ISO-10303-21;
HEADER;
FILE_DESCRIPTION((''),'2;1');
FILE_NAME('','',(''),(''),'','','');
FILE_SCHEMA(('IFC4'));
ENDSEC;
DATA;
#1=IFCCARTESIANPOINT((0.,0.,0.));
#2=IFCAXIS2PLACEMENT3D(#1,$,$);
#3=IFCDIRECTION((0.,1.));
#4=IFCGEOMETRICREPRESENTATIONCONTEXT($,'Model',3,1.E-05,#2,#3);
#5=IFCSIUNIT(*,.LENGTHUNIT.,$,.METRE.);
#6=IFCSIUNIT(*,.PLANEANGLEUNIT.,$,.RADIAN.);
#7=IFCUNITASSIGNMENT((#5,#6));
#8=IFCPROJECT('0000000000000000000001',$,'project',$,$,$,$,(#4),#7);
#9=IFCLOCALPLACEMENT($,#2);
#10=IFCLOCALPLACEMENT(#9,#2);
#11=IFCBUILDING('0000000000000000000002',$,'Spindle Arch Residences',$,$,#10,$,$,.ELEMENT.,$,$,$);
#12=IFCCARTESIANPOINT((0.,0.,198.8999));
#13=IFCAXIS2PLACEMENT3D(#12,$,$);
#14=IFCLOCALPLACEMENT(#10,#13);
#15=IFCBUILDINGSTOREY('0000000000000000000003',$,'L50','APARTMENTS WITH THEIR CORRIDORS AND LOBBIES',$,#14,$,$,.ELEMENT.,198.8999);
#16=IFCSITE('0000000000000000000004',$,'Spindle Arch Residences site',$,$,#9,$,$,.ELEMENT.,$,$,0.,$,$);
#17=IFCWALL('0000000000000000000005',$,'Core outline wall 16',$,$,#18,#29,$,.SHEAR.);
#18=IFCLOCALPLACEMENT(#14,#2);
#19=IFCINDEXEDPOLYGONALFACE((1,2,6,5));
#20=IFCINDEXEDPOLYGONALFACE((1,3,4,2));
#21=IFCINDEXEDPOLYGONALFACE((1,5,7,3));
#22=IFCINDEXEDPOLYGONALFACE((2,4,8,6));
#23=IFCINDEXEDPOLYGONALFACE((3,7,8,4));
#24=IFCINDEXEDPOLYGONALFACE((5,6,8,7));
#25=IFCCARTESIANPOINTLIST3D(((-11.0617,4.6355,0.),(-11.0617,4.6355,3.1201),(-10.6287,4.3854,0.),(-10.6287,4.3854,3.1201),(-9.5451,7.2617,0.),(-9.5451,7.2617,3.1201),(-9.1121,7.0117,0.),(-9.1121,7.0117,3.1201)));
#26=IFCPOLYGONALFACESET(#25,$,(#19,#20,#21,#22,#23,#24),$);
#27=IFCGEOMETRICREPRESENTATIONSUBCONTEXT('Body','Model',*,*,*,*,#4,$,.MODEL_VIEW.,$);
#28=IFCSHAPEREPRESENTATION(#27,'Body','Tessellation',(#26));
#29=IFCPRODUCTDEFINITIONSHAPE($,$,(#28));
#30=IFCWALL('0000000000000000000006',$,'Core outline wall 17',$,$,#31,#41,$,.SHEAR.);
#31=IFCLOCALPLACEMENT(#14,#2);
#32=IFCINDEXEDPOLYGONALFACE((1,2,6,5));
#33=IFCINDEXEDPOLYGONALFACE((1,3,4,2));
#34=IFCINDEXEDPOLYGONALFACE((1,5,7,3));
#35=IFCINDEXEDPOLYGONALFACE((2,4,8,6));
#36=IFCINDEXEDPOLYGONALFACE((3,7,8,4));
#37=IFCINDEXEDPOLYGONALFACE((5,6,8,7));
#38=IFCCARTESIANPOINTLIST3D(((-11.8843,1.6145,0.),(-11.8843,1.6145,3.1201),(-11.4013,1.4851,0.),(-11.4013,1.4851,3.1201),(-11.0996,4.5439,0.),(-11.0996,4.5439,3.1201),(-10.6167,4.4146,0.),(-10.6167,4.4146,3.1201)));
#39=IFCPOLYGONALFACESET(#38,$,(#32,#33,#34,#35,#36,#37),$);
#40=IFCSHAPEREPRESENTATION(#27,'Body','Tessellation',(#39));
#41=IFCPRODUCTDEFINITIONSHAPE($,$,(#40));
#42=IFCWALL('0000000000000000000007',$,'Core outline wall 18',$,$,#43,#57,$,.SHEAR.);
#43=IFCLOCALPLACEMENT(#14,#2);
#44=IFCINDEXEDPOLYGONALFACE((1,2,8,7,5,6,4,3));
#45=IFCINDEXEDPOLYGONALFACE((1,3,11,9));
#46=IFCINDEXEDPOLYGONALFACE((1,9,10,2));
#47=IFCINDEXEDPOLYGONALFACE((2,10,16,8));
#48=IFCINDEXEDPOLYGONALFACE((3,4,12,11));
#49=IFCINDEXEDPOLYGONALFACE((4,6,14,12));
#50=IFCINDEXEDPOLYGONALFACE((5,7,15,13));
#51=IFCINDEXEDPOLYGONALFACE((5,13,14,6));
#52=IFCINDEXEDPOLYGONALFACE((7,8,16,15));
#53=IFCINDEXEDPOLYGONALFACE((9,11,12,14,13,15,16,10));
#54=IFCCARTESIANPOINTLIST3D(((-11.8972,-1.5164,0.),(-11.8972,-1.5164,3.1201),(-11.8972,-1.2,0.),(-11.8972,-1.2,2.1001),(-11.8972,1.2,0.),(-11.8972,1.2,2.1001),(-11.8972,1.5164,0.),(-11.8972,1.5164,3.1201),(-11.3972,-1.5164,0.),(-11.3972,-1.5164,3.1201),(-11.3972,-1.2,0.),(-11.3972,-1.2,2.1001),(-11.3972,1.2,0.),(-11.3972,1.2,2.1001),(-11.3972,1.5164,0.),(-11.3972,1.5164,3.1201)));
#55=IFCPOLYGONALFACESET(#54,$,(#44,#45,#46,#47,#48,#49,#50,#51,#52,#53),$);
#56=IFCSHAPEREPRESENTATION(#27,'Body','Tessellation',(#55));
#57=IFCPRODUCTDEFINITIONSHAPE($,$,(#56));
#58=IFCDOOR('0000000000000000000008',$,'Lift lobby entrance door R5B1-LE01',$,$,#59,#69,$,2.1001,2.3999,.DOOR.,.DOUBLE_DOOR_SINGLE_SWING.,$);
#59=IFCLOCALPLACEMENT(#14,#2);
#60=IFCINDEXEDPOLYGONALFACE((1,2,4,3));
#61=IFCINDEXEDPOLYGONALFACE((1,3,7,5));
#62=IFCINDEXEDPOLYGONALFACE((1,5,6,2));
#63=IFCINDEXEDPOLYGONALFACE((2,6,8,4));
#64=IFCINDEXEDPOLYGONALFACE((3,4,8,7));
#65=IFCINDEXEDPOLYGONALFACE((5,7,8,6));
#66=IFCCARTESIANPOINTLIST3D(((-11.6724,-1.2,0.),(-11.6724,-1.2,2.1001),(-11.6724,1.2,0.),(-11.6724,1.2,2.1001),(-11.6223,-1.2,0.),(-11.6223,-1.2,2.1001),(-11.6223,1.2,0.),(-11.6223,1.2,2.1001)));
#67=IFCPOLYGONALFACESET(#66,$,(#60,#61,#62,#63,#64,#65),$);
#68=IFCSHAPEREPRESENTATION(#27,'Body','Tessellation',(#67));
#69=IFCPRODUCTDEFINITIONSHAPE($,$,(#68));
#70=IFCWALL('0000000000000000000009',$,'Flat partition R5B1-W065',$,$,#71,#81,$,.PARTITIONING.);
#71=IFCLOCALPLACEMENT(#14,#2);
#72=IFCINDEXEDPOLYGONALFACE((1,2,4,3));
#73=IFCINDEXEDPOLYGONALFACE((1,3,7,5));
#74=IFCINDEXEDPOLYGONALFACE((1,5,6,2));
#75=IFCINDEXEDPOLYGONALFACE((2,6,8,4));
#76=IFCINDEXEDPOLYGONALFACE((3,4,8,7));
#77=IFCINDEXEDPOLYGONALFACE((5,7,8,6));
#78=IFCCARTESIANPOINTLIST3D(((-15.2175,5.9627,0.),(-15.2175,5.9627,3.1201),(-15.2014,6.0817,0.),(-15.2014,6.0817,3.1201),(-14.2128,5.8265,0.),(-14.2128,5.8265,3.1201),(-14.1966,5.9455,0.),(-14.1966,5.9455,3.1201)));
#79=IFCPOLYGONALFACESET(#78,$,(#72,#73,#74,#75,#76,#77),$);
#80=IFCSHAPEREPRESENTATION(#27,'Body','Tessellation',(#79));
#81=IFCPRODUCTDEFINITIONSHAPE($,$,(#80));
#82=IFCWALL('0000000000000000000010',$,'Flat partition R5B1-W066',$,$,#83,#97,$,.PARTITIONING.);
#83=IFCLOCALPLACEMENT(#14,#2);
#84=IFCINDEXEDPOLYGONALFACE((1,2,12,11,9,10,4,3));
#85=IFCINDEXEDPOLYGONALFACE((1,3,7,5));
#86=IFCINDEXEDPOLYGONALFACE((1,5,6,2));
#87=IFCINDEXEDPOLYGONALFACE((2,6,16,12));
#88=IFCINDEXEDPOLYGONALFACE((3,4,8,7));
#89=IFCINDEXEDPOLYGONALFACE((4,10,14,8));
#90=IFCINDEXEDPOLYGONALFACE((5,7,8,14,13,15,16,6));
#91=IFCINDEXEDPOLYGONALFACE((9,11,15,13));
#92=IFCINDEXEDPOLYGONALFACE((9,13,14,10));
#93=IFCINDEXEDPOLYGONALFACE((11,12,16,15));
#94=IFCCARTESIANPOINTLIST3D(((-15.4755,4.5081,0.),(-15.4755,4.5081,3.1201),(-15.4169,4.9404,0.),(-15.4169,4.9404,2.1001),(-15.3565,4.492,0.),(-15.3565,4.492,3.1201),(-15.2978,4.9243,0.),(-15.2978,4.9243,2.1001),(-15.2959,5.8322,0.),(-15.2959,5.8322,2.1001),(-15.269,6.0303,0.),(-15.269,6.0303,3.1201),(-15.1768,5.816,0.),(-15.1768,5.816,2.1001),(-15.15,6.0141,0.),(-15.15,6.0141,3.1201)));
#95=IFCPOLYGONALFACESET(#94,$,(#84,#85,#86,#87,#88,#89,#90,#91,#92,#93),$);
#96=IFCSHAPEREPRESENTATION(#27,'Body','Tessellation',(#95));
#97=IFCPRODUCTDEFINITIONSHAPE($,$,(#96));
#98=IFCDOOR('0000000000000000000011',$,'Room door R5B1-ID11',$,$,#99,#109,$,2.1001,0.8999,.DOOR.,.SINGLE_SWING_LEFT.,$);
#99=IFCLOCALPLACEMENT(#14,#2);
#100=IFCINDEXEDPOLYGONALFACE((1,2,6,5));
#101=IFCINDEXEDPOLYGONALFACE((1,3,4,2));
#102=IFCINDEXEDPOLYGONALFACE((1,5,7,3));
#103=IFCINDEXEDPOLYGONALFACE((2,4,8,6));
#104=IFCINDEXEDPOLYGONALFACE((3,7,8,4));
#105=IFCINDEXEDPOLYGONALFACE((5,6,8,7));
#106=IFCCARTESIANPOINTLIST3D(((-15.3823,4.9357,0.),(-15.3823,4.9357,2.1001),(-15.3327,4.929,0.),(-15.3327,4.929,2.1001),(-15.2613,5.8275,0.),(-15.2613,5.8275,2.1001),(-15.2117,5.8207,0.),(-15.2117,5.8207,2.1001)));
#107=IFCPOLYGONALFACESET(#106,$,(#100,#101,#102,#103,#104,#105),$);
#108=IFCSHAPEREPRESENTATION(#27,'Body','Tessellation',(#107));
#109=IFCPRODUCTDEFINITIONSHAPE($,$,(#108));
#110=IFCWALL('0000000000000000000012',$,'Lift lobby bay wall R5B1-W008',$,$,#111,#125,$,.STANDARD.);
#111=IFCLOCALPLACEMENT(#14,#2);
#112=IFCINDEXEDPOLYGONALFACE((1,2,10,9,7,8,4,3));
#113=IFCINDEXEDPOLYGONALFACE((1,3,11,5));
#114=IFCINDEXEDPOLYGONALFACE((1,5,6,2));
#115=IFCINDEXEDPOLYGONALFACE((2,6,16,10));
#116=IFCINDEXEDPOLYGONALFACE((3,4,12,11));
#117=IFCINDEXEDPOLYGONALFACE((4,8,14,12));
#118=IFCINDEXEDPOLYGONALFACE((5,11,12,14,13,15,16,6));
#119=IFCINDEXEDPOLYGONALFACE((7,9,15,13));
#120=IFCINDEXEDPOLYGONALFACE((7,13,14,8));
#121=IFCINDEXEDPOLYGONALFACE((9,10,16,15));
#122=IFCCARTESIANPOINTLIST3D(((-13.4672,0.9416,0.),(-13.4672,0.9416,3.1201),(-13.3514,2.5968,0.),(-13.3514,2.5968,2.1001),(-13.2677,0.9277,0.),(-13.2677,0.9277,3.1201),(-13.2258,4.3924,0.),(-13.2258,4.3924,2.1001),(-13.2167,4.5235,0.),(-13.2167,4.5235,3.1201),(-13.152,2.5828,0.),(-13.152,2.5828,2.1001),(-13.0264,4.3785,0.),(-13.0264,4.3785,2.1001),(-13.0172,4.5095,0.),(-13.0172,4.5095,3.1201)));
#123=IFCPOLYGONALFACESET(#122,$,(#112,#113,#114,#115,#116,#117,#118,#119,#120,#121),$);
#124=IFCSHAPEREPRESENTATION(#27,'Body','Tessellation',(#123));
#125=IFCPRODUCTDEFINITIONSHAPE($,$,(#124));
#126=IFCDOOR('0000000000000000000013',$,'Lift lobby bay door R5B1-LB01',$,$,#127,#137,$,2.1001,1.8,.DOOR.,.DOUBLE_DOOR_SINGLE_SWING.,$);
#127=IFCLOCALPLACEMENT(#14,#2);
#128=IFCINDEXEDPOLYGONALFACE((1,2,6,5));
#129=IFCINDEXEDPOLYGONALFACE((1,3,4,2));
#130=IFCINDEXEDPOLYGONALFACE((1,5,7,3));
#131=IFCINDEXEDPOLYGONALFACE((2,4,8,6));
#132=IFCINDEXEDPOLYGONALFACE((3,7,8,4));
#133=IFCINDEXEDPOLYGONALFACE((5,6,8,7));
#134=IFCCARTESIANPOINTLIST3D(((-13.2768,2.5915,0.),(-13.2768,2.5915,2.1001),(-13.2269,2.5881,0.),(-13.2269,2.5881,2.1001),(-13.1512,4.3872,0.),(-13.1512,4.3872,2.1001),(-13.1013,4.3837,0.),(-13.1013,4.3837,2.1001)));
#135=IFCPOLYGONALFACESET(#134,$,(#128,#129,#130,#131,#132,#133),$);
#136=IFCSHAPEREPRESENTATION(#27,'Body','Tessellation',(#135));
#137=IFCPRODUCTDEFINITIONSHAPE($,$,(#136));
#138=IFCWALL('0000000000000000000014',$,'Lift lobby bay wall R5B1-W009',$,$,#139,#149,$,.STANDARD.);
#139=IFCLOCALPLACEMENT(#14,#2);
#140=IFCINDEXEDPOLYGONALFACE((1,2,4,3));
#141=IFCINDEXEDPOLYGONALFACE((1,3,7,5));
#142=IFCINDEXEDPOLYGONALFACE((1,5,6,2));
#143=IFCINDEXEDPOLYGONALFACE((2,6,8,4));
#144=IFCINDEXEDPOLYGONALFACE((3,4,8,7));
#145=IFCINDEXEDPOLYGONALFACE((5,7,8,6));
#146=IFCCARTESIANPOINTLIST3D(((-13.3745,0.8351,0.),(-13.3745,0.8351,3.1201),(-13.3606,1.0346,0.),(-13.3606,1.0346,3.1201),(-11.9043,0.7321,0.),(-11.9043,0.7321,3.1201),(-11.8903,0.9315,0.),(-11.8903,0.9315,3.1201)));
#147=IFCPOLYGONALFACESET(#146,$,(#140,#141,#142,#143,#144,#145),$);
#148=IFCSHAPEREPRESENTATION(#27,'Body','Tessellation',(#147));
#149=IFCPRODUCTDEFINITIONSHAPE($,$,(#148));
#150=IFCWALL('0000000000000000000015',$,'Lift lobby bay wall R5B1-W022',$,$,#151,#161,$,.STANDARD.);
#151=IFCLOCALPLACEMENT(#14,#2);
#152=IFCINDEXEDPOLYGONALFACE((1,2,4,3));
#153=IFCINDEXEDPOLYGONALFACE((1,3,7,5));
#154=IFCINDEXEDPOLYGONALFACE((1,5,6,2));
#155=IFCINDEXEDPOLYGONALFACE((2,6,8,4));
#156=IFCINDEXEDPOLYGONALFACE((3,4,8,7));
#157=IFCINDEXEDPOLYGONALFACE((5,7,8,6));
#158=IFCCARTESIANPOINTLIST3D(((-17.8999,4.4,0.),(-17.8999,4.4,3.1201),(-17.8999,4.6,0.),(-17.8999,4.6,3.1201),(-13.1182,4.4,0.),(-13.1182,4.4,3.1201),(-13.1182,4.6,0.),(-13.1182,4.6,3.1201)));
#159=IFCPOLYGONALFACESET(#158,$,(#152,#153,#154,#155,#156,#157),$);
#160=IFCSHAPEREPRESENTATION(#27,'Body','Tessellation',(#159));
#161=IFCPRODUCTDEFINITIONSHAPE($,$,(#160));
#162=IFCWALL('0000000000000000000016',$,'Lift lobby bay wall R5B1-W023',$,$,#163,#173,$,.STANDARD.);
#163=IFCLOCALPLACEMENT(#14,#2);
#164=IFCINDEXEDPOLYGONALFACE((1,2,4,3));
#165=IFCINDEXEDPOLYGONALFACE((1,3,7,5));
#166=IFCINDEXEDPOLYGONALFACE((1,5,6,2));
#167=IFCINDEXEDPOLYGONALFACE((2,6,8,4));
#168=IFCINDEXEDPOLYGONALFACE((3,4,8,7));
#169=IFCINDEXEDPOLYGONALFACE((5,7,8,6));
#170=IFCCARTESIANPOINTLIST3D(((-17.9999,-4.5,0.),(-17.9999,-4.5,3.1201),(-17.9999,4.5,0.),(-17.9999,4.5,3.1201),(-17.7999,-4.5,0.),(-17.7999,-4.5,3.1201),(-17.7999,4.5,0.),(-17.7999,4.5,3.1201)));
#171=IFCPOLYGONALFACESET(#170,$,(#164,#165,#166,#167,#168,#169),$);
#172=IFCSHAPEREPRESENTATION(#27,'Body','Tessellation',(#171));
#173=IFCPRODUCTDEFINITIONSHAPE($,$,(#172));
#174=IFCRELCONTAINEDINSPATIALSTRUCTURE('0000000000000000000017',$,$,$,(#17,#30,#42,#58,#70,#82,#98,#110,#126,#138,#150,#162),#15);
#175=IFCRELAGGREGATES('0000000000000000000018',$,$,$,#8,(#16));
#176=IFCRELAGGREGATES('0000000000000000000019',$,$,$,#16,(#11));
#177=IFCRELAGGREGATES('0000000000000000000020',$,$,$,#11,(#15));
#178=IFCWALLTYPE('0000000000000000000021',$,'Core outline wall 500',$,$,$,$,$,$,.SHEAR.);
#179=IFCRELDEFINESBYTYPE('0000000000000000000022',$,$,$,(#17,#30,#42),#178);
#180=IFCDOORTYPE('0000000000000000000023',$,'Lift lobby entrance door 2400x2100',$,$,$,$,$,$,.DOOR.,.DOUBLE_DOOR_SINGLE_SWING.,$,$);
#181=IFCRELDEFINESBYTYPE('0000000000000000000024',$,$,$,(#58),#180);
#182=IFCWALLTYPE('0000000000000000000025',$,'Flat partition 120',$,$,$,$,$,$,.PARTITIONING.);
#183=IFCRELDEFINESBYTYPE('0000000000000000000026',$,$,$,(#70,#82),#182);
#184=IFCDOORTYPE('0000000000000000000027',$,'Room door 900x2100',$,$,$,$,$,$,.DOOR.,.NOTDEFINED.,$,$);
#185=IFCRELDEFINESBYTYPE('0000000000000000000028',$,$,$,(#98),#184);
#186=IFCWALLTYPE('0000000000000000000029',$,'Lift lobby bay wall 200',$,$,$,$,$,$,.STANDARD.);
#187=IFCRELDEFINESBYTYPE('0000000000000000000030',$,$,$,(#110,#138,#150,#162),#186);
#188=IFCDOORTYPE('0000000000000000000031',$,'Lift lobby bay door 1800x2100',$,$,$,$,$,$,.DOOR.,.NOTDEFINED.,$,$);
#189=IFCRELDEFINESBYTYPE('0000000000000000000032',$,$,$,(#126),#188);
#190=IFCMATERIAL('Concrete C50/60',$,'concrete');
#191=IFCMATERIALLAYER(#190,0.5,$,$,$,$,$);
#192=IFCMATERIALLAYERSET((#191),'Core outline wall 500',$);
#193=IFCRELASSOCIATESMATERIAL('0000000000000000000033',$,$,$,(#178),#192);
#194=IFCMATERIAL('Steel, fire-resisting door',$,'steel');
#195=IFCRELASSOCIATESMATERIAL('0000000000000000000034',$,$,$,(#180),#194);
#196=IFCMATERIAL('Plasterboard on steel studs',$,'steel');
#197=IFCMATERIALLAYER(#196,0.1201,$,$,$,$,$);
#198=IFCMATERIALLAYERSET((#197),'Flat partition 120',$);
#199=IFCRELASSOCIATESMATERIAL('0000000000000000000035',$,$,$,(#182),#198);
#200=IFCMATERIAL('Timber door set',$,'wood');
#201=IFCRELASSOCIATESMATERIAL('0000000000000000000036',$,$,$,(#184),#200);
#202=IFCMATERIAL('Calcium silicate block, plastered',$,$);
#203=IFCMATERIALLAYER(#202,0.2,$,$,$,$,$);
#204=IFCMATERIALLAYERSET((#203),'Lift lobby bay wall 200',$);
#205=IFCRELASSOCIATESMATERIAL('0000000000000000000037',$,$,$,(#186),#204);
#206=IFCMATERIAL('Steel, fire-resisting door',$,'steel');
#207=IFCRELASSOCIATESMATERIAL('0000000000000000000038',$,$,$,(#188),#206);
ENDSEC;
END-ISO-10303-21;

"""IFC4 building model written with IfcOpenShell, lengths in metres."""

from ifc_helpers import new_model, si_unit, direction, frame, frame_2d, origin, place, context, subcontext, project, spatial, rectangle, extrude, material, layer, layer_set, type_object, element, fill, save


model = new_model("IFC4")

# Units and contexts
model_context = context("Model", 3, precision=1e-05, world=origin(), true_north=direction((0.0, 1.0)))
body_context = subcontext(model_context, "Body", "Model", "MODEL_VIEW")
ifc_project = project(units=[si_unit("LENGTHUNIT", "METRE"), si_unit("PLANEANGLEUNIT", "RADIAN")], contexts=[model_context])

# Site, building, storey
site_placement = place(None, origin())
site = spatial("IfcSite", under=ifc_project, at=site_placement, Name="Spindle Arch Residences site", CompositionType="ELEMENT", RefElevation=0.0)
building_placement = place(site_placement, origin())
building = spatial("IfcBuilding", under=site, at=building_placement, Name="Spindle Arch Residences", CompositionType="ELEMENT")
storey_placement = place(building_placement, frame((0.0, 0.0, 198.8999)))
storey = spatial("IfcBuildingStorey", under=building, at=storey_placement, Name="L50", Description="APARTMENTS WITH THEIR CORRIDORS AND LOBBIES", CompositionType="ELEMENT", Elevation=198.8999)

# Walls
ifc_material_1 = material(Name="Concrete C50/60", Category="concrete")
ifc_layer_1 = layer(ifc_material_1, 0.5)
ifc_layer_set_1 = layer_set([ifc_layer_1], Name="Core outline wall 500")
wall_type_1 = type_object("IfcWallType", Name="Core outline wall 500", PredefinedType="SHEAR", material=ifc_layer_set_1)
for number, where, z_axis, x_axis, name in (
    (1, (-9.3286, 7.1367, 0.0), (0.0, 0.0, 1.0), (-0.500087, -0.865975, 0.0), "Core outline wall 16"),
    (2, (-10.8582, 4.4792, 0.0), (0.0, 0.0, 1.0), (-0.258735, -0.965948, 0.0), "Core outline wall 17"),
):
    element("IfcWall", number, at=place(storey_placement, frame(where, z_axis=z_axis, x_axis=x_axis)), inside=storey, type_object=wall_type_1, Name=name, PredefinedType="SHEAR", context=body_context, shape_type="SweptSolid", body=[
        extrude(rectangle(XDim=3.0327, YDim=0.5, at=frame_2d((1.5164, 0.0))), origin(), (0.0, 0.0, 1.0), 3.1201),
    ])

# Wall, opening, door
wall_1_placement = place(storey_placement, frame((-11.6472, 1.5164, 0.0), z_axis=(0.0, 0.0, 1.0), x_axis=(0.0, -1.0, 0.0)))
wall_1 = element("IfcWall", 3, at=wall_1_placement, inside=storey, type_object=wall_type_1, Name="Core outline wall 18", PredefinedType="SHEAR", context=body_context, shape_type="SweptSolid", body=[
    extrude(rectangle(XDim=3.0327, YDim=0.5, at=frame_2d((1.5164, 0.0))), origin(), (0.0, 0.0, 1.0), 3.1201),
])
opening_1_placement = place(wall_1_placement, frame((0.3164, 0.0, 0.0)))
opening_1 = element("IfcOpeningElement", 4, at=opening_1_placement, cuts=wall_1, PredefinedType="OPENING", context=body_context, shape_type="SweptSolid", body=[
    extrude(rectangle(XDim=2.3999, YDim=2.1001, at=frame_2d((1.2, 1.05))), frame((0.0, 0.26, 0.0), z_axis=(0.0, -1.0, 0.0), x_axis=(1.0, 0.0, 0.0)), (0.0, 0.0, 1.0), 0.52),
])
ifc_material_2 = material(Name="Steel, fire-resisting door", Category="steel")
door_type_1 = type_object("IfcDoorType", Name="Lift lobby entrance door 2400x2100", OperationType="DOUBLE_DOOR_SINGLE_SWING", PredefinedType="DOOR", material=ifc_material_2)
door_1_placement = place(opening_1_placement, origin())
door_1 = element("IfcDoor", 5, at=door_1_placement, inside=storey, type_object=door_type_1, Name="Lift lobby entrance door R5B1-LE01", OperationType="DOUBLE_DOOR_SINGLE_SWING", OverallHeight=2.1001, OverallWidth=2.3999, PredefinedType="DOOR", context=body_context, shape_type="SweptSolid", body=[
    extrude(rectangle(XDim=2.3999, YDim=2.1001, at=frame_2d((1.2, 1.05))), frame((0.0, 0.0249, 0.0), z_axis=(0.0, -1.0, 0.0), x_axis=(1.0, 0.0, 0.0)), (0.0, 0.0, 1.0), 0.05),
])
fill(opening_1, door_1)

# Wall
ifc_material_3 = material(Name="Plasterboard on steel studs", Category="steel")
ifc_layer_2 = layer(ifc_material_3, 0.1201)
ifc_layer_set_2 = layer_set([ifc_layer_2], Name="Flat partition 120")
wall_type_2 = type_object("IfcWallType", Name="Flat partition 120", PredefinedType="PARTITIONING", material=ifc_layer_set_2)
wall_2_placement = place(storey_placement, frame((-14.2048, 5.886, 0.0), z_axis=(0.0, 0.0, 1.0), x_axis=(-0.990931, 0.134372, 0.0)))
element("IfcWall", 6, at=wall_2_placement, inside=storey, type_object=wall_type_2, Name="Flat partition R5B1-W065", PredefinedType="PARTITIONING", context=body_context, shape_type="SweptSolid", body=[
    extrude(rectangle(XDim=1.0139, YDim=0.1201, at=frame_2d((0.5068, 0.0))), origin(), (0.0, 0.0, 1.0), 3.1201),
])

# Walls, openings, doors
wall_3_placement = place(storey_placement, frame((-15.2095, 6.0222, 0.0), z_axis=(0.0, 0.0, 1.0), x_axis=(-0.134454, -0.99092, 0.0)))
wall_3 = element("IfcWall", 7, at=wall_3_placement, inside=storey, type_object=wall_type_2, Name="Flat partition R5B1-W066", PredefinedType="PARTITIONING", context=body_context, shape_type="SweptSolid", body=[
    extrude(rectangle(XDim=1.5361, YDim=0.1201, at=frame_2d((0.7681, 0.0))), origin(), (0.0, 0.0, 1.0), 3.1201),
])
opening_2_placement = place(wall_3_placement, frame((0.2, 0.0, 0.0)))
opening_2 = element("IfcOpeningElement", 8, at=opening_2_placement, cuts=wall_3, PredefinedType="OPENING", context=body_context, shape_type="SweptSolid", body=[
    extrude(rectangle(XDim=0.8999, YDim=2.1001, at=frame_2d((0.45, 1.05))), frame((0.0, 0.0701, 0.0), z_axis=(0.0, -1.0, 0.0), x_axis=(1.0, 0.0, 0.0)), (0.0, 0.0, 1.0), 0.1401),
])
ifc_material_4 = material(Name="Timber door set", Category="wood")
door_type_2 = type_object("IfcDoorType", Name="Room door 900x2100", OperationType="NOTDEFINED", PredefinedType="DOOR", material=ifc_material_4)
door_2_placement = place(opening_2_placement, origin())
door_2 = element("IfcDoor", 9, at=door_2_placement, inside=storey, type_object=door_type_2, Name="Room door R5B1-ID11", OperationType="SINGLE_SWING_LEFT", OverallHeight=2.1001, OverallWidth=0.8999, PredefinedType="DOOR", context=body_context, shape_type="SweptSolid", body=[
    extrude(rectangle(XDim=0.8999, YDim=2.1001, at=frame_2d((0.45, 1.05))), frame((0.0, 0.0249, 0.0), z_axis=(0.0, -1.0, 0.0), x_axis=(1.0, 0.0, 0.0)), (0.0, 0.0, 1.0), 0.05),
])
fill(opening_2, door_2)
ifc_material_5 = material(Name="Calcium silicate block, plastered")
ifc_layer_3 = layer(ifc_material_5, 0.2)
ifc_layer_set_3 = layer_set([ifc_layer_3], Name="Lift lobby bay wall 200")
wall_type_3 = type_object("IfcWallType", Name="Lift lobby bay wall 200", PredefinedType="STANDARD", material=ifc_layer_set_3)
wall_4_placement = place(storey_placement, frame((-13.1169, 4.5166, 0.0), z_axis=(0.0, 0.0, 1.0), x_axis=(-0.069763, -0.997564, 0.0)))
wall_4 = element("IfcWall", 10, at=wall_4_placement, inside=storey, type_object=wall_type_3, Name="Lift lobby bay wall R5B1-W008", PredefinedType="STANDARD", context=body_context, shape_type="SweptSolid", body=[
    extrude(rectangle(XDim=3.5906, YDim=0.2, at=frame_2d((1.7954, 0.0))), origin(), (0.0, 0.0, 1.0), 3.1201),
])
opening_3_placement = place(wall_4_placement, frame((0.1316, 0.0, 0.0)))
opening_3 = element("IfcOpeningElement", 11, at=opening_3_placement, cuts=wall_4, PredefinedType="OPENING", context=body_context, shape_type="SweptSolid", body=[
    extrude(rectangle(XDim=1.8, YDim=2.1001, at=frame_2d((0.8999, 1.05))), frame((0.0, 0.1099, 0.0), z_axis=(0.0, -1.0, 0.0), x_axis=(1.0, 0.0, 0.0)), (0.0, 0.0, 1.0), 0.22),
])
ifc_material_6 = material(Name="Steel, fire-resisting door", Category="steel")
door_type_3 = type_object("IfcDoorType", Name="Lift lobby bay door 1800x2100", OperationType="NOTDEFINED", PredefinedType="DOOR", material=ifc_material_6)
door_3_placement = place(opening_3_placement, origin())
door_3 = element("IfcDoor", 12, at=door_3_placement, inside=storey, type_object=door_type_3, Name="Lift lobby bay door R5B1-LB01", OperationType="DOUBLE_DOOR_SINGLE_SWING", OverallHeight=2.1001, OverallWidth=1.8, PredefinedType="DOOR", context=body_context, shape_type="SweptSolid", body=[
    extrude(rectangle(XDim=1.8, YDim=2.1001, at=frame_2d((0.8999, 1.05))), frame((0.0, 0.0249, 0.0), z_axis=(0.0, -1.0, 0.0), x_axis=(1.0, 0.0, 0.0)), (0.0, 0.0, 1.0), 0.05),
])
fill(opening_3, door_3)

# Walls
wall_5_placement = place(storey_placement, frame((-13.3674, 0.9348, 0.0), z_axis=(0.0, 0.0, 1.0), x_axis=(0.997554, -0.069905, 0.0)))
element("IfcWall", 13, at=wall_5_placement, inside=storey, type_object=wall_type_3, Name="Lift lobby bay wall R5B1-W009", PredefinedType="STANDARD", context=body_context, shape_type="SweptSolid", body=[
    extrude(rectangle(XDim=1.4739, YDim=0.2, at=frame_2d((0.7368, 0.0))), origin(), (0.0, 0.0, 1.0), 3.1201),
])
wall_6_placement = place(storey_placement, frame((-13.1182, 4.5, 0.0), z_axis=(0.0, 0.0, 1.0), x_axis=(-1.0, 0.0, 0.0)))
element("IfcWall", 14, at=wall_6_placement, inside=storey, type_object=wall_type_3, Name="Lift lobby bay wall R5B1-W022", PredefinedType="STANDARD", context=body_context, shape_type="SweptSolid", body=[
    extrude(rectangle(XDim=4.7817, YDim=0.2, at=frame_2d((2.3909, 0.0))), origin(), (0.0, 0.0, 1.0), 3.1201),
])
wall_7_placement = place(storey_placement, frame((-17.8999, 4.5, 0.0), z_axis=(0.0, 0.0, 1.0), x_axis=(0.0, -1.0, 0.0)))
element("IfcWall", 15, at=wall_7_placement, inside=storey, type_object=wall_type_3, Name="Lift lobby bay wall R5B1-W023", PredefinedType="STANDARD", context=body_context, shape_type="SweptSolid", body=[
    extrude(rectangle(XDim=9.0, YDim=0.2, at=frame_2d((4.5, 0.0))), origin(), (0.0, 0.0, 1.0), 3.1201),
])

save(model, "model.ifc")
